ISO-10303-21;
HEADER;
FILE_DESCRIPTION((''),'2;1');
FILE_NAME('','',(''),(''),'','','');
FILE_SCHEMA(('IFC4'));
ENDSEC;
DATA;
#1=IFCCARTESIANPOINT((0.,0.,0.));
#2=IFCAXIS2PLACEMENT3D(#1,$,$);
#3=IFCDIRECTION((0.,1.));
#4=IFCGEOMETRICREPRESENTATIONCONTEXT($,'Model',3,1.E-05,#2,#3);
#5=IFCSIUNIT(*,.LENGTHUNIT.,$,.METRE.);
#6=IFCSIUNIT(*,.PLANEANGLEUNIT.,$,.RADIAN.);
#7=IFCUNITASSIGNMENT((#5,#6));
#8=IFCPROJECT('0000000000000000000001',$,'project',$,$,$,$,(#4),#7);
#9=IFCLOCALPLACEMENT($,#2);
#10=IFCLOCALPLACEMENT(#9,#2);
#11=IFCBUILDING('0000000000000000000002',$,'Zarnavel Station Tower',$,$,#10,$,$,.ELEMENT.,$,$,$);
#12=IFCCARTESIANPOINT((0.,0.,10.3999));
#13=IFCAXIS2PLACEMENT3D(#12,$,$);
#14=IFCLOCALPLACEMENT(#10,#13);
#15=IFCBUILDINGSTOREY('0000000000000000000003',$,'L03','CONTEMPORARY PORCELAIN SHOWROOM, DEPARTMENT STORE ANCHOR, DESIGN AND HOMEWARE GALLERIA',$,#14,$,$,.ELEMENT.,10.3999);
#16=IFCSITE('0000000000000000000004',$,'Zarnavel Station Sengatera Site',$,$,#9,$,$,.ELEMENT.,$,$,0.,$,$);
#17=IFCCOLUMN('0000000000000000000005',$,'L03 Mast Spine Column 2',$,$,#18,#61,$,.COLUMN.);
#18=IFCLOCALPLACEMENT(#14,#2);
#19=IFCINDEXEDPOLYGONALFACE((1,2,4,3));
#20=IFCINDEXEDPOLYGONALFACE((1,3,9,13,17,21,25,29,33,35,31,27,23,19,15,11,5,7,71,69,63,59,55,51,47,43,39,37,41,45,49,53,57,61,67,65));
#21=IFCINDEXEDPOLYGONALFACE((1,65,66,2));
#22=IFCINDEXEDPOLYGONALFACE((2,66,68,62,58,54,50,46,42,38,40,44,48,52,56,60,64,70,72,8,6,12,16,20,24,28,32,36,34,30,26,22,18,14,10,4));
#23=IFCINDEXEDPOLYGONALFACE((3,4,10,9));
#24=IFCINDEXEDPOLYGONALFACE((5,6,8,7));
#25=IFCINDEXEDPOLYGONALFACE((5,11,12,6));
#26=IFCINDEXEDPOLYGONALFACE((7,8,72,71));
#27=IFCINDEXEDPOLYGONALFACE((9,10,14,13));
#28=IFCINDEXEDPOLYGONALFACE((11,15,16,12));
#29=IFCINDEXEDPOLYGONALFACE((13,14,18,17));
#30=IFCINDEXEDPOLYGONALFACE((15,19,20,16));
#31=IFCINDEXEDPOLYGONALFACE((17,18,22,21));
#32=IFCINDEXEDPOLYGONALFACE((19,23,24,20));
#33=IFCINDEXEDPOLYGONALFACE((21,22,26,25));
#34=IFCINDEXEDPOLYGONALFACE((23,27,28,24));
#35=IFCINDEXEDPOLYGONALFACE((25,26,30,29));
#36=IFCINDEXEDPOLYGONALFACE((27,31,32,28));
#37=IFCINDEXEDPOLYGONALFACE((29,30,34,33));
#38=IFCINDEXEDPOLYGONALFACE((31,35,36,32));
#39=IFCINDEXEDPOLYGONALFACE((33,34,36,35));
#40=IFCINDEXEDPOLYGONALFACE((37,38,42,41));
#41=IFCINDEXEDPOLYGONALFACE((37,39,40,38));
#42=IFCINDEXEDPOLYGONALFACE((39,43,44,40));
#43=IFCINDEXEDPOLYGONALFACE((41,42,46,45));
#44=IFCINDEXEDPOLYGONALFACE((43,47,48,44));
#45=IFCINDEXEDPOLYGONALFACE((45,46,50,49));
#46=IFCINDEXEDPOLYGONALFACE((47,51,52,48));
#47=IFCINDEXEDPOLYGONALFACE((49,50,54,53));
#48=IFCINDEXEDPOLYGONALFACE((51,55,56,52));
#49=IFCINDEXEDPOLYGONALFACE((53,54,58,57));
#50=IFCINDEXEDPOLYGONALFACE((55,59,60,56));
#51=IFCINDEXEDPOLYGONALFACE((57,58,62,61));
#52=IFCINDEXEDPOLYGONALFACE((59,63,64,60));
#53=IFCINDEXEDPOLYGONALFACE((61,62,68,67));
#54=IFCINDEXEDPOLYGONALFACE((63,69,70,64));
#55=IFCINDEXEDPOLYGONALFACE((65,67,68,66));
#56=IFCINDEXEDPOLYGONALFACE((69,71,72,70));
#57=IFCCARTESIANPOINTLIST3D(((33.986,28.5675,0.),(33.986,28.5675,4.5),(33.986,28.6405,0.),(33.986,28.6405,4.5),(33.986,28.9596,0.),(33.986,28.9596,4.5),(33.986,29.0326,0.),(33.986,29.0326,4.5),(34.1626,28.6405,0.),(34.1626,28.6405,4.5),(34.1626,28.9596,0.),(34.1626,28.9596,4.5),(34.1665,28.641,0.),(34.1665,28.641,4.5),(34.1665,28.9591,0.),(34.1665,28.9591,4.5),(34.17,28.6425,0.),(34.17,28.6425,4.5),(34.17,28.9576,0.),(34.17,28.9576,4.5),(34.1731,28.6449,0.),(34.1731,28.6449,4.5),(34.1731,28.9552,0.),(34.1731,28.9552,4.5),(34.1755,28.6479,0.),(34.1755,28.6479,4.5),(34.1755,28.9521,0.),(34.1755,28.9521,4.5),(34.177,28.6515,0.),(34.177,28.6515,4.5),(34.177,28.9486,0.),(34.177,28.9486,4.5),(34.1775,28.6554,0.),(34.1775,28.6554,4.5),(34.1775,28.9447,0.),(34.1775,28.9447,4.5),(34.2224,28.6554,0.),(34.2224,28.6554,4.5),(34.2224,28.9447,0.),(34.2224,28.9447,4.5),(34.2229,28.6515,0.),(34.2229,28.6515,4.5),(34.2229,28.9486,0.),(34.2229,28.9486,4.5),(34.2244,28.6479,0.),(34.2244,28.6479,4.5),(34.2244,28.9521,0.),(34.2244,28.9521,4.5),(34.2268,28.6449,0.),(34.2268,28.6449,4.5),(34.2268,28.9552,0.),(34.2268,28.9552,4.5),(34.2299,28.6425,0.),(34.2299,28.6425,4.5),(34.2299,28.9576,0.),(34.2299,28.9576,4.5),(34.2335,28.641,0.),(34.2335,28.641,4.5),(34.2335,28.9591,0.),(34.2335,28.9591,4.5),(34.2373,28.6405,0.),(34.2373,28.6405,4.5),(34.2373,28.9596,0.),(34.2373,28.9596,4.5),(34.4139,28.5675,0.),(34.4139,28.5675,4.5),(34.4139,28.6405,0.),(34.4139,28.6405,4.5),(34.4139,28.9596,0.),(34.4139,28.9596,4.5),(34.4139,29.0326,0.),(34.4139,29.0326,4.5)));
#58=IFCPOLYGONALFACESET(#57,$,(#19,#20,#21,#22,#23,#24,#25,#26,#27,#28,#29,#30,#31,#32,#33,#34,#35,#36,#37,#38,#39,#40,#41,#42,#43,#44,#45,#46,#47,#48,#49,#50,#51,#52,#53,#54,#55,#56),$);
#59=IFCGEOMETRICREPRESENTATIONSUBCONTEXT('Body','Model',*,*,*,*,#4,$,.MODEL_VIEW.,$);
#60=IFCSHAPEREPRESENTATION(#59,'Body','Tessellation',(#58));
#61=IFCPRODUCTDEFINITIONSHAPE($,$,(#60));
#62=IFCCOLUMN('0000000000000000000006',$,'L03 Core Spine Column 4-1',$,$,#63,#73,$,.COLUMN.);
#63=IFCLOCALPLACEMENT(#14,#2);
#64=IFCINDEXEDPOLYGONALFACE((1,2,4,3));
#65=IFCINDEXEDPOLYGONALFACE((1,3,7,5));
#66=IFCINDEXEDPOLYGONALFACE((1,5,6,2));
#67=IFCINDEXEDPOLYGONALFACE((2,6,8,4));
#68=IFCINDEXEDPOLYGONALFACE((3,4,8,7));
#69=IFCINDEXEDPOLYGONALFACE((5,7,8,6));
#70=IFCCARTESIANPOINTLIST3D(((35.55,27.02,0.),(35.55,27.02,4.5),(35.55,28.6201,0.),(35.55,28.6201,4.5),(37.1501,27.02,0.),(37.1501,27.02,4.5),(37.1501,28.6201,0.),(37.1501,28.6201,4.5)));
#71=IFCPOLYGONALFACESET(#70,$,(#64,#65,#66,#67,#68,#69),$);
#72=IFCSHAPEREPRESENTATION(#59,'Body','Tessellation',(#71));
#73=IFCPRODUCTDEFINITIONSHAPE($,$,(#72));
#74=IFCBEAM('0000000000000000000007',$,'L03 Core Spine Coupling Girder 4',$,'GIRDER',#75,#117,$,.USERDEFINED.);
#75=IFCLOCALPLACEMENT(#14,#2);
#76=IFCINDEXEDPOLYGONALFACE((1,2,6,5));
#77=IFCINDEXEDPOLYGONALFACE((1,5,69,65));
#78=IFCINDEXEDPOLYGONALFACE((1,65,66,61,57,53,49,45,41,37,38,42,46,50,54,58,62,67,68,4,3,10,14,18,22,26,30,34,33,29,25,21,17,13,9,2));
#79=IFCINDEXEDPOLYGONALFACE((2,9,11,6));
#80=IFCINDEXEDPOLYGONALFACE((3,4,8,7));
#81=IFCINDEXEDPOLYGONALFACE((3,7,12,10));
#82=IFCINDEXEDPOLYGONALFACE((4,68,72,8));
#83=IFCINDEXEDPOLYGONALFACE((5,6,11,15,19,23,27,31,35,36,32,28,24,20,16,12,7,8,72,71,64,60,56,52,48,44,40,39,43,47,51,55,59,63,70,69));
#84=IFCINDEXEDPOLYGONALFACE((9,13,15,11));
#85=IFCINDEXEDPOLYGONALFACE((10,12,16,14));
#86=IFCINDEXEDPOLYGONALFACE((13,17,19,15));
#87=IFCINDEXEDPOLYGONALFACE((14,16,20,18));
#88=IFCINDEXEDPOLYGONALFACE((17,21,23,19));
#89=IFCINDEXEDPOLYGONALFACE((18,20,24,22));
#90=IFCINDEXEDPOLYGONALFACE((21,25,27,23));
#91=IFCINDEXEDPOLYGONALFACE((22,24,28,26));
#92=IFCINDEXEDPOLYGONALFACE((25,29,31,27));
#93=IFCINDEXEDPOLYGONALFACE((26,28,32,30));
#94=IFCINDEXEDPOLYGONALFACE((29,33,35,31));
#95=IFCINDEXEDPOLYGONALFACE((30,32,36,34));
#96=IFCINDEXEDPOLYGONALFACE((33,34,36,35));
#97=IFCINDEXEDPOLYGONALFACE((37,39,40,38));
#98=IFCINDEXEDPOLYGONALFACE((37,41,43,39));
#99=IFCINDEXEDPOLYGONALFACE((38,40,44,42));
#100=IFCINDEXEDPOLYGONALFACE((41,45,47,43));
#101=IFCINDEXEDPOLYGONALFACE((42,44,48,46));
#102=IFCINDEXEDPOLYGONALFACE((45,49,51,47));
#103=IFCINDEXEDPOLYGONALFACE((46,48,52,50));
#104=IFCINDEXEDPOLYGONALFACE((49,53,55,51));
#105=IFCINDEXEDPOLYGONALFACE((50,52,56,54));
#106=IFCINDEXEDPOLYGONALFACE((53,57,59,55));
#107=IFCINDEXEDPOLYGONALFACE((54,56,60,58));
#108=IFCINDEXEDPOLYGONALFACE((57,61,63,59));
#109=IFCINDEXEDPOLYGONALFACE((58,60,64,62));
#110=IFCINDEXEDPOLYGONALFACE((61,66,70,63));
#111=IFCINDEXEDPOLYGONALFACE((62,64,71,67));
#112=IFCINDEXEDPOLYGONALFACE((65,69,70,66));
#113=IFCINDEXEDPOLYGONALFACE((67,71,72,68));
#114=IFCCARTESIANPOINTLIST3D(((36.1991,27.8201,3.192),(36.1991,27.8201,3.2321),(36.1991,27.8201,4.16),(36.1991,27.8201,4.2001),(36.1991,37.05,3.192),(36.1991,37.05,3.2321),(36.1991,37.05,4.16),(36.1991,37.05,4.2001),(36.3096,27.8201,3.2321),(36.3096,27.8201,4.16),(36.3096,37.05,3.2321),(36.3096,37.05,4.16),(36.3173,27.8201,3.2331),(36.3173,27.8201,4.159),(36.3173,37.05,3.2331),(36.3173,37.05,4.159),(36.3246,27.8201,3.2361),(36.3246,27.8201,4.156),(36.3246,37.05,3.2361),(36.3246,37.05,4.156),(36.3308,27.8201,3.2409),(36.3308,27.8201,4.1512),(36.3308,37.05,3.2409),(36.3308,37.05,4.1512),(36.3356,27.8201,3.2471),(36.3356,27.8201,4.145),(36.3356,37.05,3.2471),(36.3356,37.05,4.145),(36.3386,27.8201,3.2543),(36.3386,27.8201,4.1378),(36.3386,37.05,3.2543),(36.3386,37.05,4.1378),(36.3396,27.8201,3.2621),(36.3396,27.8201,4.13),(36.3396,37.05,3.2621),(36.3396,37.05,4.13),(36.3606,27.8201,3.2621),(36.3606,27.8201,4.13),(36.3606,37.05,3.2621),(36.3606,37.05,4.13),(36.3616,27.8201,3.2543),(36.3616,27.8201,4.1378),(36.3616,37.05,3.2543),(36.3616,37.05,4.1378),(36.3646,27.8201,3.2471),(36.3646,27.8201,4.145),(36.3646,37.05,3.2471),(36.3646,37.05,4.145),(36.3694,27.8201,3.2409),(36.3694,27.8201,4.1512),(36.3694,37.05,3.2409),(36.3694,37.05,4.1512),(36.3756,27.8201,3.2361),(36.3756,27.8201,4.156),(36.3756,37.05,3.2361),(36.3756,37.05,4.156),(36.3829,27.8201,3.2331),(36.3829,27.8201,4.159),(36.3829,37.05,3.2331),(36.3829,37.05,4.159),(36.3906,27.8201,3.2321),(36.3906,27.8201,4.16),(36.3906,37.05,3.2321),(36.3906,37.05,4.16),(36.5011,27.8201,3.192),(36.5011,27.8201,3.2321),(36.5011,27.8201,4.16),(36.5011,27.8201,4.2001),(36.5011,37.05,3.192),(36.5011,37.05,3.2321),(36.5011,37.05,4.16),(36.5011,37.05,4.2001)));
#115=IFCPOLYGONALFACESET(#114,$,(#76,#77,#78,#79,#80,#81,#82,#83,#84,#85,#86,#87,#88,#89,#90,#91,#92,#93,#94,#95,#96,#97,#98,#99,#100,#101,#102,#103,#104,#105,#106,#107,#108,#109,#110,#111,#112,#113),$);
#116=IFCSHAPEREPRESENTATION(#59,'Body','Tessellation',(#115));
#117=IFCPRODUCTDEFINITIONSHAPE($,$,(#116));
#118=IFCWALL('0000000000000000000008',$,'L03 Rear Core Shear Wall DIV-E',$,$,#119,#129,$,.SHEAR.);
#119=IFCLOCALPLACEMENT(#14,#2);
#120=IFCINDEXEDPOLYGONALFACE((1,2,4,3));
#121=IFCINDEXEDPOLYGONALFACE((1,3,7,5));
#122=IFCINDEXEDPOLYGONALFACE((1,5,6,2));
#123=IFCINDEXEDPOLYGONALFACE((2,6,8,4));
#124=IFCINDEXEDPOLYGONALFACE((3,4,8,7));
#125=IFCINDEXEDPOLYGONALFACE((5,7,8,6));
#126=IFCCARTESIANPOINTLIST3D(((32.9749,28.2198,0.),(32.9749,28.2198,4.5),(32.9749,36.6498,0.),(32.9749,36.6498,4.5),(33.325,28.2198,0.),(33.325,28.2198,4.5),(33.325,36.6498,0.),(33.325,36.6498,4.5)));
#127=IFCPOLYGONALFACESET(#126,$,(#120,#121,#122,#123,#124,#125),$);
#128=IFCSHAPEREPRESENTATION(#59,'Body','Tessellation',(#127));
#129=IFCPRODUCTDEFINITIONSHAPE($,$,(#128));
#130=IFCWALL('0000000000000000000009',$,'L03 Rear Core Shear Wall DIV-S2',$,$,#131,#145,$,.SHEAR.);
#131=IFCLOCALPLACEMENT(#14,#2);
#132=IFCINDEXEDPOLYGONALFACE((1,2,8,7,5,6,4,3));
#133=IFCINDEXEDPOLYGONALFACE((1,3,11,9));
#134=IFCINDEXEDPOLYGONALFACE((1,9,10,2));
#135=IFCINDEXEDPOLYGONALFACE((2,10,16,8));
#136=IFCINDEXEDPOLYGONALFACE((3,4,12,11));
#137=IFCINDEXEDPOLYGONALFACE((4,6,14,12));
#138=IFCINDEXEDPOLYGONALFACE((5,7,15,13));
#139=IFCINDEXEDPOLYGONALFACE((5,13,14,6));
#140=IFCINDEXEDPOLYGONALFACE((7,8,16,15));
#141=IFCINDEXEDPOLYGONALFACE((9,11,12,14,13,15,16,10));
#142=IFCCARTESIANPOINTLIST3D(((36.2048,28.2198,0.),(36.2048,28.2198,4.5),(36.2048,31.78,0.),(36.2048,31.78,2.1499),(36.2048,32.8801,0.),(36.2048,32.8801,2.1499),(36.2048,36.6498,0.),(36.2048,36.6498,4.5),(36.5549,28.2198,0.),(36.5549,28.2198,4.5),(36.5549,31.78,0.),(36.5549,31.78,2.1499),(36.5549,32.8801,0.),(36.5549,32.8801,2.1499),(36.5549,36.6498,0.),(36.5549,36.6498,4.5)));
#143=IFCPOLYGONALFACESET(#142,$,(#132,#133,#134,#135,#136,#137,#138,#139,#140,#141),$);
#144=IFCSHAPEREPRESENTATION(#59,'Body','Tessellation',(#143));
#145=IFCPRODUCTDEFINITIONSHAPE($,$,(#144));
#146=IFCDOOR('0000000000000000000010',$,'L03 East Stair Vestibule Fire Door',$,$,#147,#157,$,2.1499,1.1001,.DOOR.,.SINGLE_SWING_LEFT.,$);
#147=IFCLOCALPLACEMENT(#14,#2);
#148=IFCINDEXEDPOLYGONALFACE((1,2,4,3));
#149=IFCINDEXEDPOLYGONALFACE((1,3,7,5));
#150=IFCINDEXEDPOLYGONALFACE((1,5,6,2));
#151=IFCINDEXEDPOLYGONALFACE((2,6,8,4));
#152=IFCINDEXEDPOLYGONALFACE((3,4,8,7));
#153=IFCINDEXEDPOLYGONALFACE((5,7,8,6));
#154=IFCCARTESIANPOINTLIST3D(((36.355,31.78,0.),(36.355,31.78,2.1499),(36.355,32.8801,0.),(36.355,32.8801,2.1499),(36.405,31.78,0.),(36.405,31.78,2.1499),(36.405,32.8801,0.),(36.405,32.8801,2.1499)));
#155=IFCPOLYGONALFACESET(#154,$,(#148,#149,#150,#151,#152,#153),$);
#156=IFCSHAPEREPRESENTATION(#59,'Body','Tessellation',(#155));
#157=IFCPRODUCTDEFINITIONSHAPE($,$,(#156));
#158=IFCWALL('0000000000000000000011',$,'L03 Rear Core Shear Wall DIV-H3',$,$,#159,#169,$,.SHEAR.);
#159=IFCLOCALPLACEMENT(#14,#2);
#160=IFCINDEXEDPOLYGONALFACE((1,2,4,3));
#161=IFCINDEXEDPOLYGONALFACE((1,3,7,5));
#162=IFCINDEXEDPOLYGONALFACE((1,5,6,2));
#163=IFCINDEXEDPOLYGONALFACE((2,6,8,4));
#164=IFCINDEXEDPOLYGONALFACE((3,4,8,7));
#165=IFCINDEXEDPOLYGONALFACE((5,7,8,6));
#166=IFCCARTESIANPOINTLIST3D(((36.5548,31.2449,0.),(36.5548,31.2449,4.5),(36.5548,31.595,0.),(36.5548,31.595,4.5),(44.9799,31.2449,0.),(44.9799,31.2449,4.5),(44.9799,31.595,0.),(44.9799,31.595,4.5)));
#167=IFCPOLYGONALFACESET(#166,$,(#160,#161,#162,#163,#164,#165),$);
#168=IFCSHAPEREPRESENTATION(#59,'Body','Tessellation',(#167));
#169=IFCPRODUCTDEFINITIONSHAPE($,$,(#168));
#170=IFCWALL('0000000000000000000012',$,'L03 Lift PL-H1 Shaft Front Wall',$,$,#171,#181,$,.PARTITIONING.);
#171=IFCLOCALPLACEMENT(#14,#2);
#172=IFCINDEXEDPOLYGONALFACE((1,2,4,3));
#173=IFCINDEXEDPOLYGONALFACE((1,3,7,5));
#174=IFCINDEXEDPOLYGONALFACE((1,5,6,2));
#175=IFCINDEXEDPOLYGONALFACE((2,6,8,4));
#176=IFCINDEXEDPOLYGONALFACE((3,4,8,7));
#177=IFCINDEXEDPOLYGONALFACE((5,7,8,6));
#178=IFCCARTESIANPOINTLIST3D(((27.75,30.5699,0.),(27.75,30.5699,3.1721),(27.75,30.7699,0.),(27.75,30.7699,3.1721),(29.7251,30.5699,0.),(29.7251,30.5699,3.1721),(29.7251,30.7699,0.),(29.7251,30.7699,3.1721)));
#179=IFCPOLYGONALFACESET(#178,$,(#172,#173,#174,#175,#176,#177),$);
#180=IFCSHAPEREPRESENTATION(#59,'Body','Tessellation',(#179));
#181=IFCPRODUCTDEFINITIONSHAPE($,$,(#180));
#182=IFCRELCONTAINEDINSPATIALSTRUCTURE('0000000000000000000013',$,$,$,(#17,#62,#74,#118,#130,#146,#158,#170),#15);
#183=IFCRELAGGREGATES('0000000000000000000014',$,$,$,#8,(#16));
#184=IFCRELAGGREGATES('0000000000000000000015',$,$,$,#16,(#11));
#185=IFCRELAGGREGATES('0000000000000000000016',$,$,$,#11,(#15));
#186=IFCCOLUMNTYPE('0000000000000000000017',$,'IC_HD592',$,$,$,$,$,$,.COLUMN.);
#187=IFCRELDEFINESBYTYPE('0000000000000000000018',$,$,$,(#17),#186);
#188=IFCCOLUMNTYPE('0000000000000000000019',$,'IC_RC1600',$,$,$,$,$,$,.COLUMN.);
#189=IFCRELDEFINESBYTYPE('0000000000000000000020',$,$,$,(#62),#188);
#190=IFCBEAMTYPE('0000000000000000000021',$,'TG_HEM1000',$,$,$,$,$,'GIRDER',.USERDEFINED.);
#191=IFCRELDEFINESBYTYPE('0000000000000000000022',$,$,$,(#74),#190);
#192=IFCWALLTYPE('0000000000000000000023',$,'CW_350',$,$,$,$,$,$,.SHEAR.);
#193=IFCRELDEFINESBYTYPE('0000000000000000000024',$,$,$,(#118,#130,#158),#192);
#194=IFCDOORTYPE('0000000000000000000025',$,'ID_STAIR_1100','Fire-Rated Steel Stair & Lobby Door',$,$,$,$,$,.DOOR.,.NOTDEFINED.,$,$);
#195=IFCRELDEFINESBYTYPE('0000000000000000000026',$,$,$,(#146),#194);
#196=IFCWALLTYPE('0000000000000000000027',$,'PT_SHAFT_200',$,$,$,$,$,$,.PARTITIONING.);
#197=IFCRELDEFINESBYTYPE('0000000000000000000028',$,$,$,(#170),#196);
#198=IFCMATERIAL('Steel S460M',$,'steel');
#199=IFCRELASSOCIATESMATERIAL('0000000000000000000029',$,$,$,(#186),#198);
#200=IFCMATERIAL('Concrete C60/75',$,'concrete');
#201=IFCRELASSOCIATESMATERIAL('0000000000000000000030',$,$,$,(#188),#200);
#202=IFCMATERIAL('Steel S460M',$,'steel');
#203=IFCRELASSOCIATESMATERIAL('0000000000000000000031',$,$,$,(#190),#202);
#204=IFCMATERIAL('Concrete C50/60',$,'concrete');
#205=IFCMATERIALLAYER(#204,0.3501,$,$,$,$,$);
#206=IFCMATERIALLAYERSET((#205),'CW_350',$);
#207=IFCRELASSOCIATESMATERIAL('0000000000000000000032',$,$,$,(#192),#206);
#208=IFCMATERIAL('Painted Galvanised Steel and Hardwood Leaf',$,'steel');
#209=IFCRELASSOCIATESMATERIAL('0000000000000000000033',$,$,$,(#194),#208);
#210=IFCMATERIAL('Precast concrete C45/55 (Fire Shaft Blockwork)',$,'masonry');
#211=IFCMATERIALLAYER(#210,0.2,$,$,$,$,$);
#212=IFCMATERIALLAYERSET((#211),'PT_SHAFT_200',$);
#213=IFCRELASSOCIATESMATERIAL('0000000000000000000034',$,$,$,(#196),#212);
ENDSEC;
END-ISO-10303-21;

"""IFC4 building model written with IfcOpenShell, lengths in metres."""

from ifc_helpers import new_model, si_unit, direction, frame, frame_2d, origin, origin_2d, place, context, subcontext, project, spatial, rectangle, i_section, extrude, material, layer, layer_set, material_profile, profile_set, type_object, element, fill, save


model = new_model("IFC4")

# Units and contexts
model_context = context("Model", 3, precision=1e-05, world=origin(), true_north=direction((0.0, 1.0)))
body_context = subcontext(model_context, "Body", "Model", "MODEL_VIEW")
ifc_project = project(units=[si_unit("LENGTHUNIT", "METRE"), si_unit("PLANEANGLEUNIT", "RADIAN")], contexts=[model_context])

# Site, building, storey
site_placement = place(None, origin())
site = spatial("IfcSite", under=ifc_project, at=site_placement, Name="Zarnavel Station Sengatera Site", CompositionType="ELEMENT", RefElevation=0.0)
building_placement = place(site_placement, origin())
building = spatial("IfcBuilding", under=site, at=building_placement, Name="Zarnavel Station Tower", CompositionType="ELEMENT")
storey_placement = place(building_placement, frame((0.0, 0.0, 10.3999)))
storey = spatial("IfcBuildingStorey", under=building, at=storey_placement, Name="L03", Description="CONTEMPORARY PORCELAIN SHOWROOM, DEPARTMENT STORE ANCHOR, DESIGN AND HOMEWARE GALLERIA", CompositionType="ELEMENT", Elevation=10.3999)

# Columns
ifc_material_1 = material(Name="Steel S460M", Category="steel")
ifc_material_profile_1 = material_profile(ifc_material_1, i_section(OverallWidth=0.428, OverallDepth=0.4651, WebThickness=0.0449, FlangeThickness=0.073, FilletRadius=0.0149, at=origin_2d()), Name="HD400x592")
ifc_profile_set_1 = profile_set([ifc_material_profile_1], Name="Steel S460M")
column_type_1 = type_object("IfcColumnType", Name="IC_HD592", PredefinedType="COLUMN", material=ifc_profile_set_1)
column_1_placement = place(storey_placement, frame((34.2, 28.8, 0.0), z_axis=(0.0, 0.0, 1.0), x_axis=(1.0, 0.0, 0.0)))
element("IfcColumn", 1, at=column_1_placement, inside=storey, type_object=column_type_1, Name="L03 Mast Spine Column 2", PredefinedType="COLUMN", context=body_context, shape_type="SweptSolid", body=[
    extrude(i_section(OverallWidth=0.428, OverallDepth=0.4651, WebThickness=0.0449, FlangeThickness=0.073, FilletRadius=0.0149, at=origin_2d()), origin(), (0.0, 0.0, 1.0), 4.5),
])
ifc_material_2 = material(Name="Concrete C60/75", Category="concrete")
ifc_material_profile_2 = material_profile(ifc_material_2, rectangle(XDim=1.6001, YDim=1.6001, at=origin_2d()), Name="RC1600x1600")
ifc_profile_set_2 = profile_set([ifc_material_profile_2], Name="Concrete C60/75")
column_type_2 = type_object("IfcColumnType", Name="IC_RC1600", PredefinedType="COLUMN", material=ifc_profile_set_2)
column_2_placement = place(storey_placement, frame((36.3501, 27.8201, 0.0), z_axis=(0.0, 0.0, 1.0), x_axis=(1.0, 0.0, 0.0)))
element("IfcColumn", 2, at=column_2_placement, inside=storey, type_object=column_type_2, Name="L03 Core Spine Column 4-1", PredefinedType="COLUMN", context=body_context, shape_type="SweptSolid", body=[
    extrude(rectangle(XDim=1.6001, YDim=1.6001, at=origin_2d()), origin(), (0.0, 0.0, 1.0), 4.5),
])

# Beam
ifc_material_3 = material(Name="Steel S460M", Category="steel")
ifc_material_profile_3 = material_profile(ifc_material_3, i_section(OverallWidth=0.302, OverallDepth=1.0081, WebThickness=0.021, FlangeThickness=0.04, FilletRadius=0.03, at=origin_2d()), Name="HEM1000")
ifc_profile_set_3 = profile_set([ifc_material_profile_3], Name="Steel S460M")
beam_type = type_object("IfcBeamType", Name="TG_HEM1000", ElementType="GIRDER", PredefinedType="USERDEFINED", material=ifc_profile_set_3)
beam_placement = place(storey_placement, frame((36.3501, 27.8201, 3.696), z_axis=(0.0, 1.0, 0.0), x_axis=(-1.0, 0.0, 0.0)))
element("IfcBeam", 3, at=beam_placement, inside=storey, type_object=beam_type, Name="L03 Core Spine Coupling Girder 4", ObjectType="GIRDER", PredefinedType="USERDEFINED", context=body_context, shape_type="SweptSolid", body=[
    extrude(i_section(OverallWidth=0.302, OverallDepth=1.0081, WebThickness=0.021, FlangeThickness=0.04, FilletRadius=0.03, at=origin_2d()), origin(), (0.0, 0.0, 1.0), 9.23),
])

# Wall
ifc_material_4 = material(Name="Concrete C50/60", Category="concrete")
ifc_layer_1 = layer(ifc_material_4, 0.3501)
ifc_layer_set_1 = layer_set([ifc_layer_1], Name="CW_350")
wall_type_1 = type_object("IfcWallType", Name="CW_350", PredefinedType="SHEAR", material=ifc_layer_set_1)
wall_1_placement = place(storey_placement, frame((33.1499, 28.22, 0.0), z_axis=(0.0, 0.0, 1.0), x_axis=(0.0, 1.0, 0.0)))
element("IfcWall", 4, at=wall_1_placement, inside=storey, type_object=wall_type_1, Name="L03 Rear Core Shear Wall DIV-E", PredefinedType="SHEAR", context=body_context, shape_type="SweptSolid", body=[
    extrude(rectangle(XDim=8.4299, YDim=0.3501, at=frame_2d((4.2148, 0.0))), origin(), (0.0, 0.0, 1.0), 4.5),
])

# Wall, opening, door
wall_2_placement = place(storey_placement, frame((36.3799, 28.22, 0.0), z_axis=(0.0, 0.0, 1.0), x_axis=(0.0, 1.0, 0.0)))
wall_2 = element("IfcWall", 5, at=wall_2_placement, inside=storey, type_object=wall_type_1, Name="L03 Rear Core Shear Wall DIV-S2", PredefinedType="SHEAR", context=body_context, shape_type="SweptSolid", body=[
    extrude(rectangle(XDim=8.4299, YDim=0.3501, at=frame_2d((4.2148, 0.0))), origin(), (0.0, 0.0, 1.0), 4.5),
])
opening_1_placement = place(wall_2_placement, frame((3.5601, 0.0, 0.0)))
opening_1 = element("IfcOpeningElement", 6, at=opening_1_placement, cuts=wall_2, PredefinedType="OPENING", context=body_context, shape_type="SweptSolid", body=[
    extrude(rectangle(XDim=1.1001, YDim=2.1499, at=frame_2d((0.55, 1.075))), frame((0.0, 0.1851, 0.0), z_axis=(0.0, -1.0, 0.0), x_axis=(1.0, 0.0, 0.0)), (0.0, 0.0, 1.0), 0.3701),
])
ifc_material_5 = material(Name="Painted Galvanised Steel and Hardwood Leaf", Category="steel")
door_type_1 = type_object("IfcDoorType", Name="ID_STAIR_1100", Description="Fire-Rated Steel Stair & Lobby Door", OperationType="NOTDEFINED", PredefinedType="DOOR", material=ifc_material_5)
door_1_placement = place(opening_1_placement, origin())
door_1 = element("IfcDoor", 7, at=door_1_placement, inside=storey, type_object=door_type_1, Name="L03 East Stair Vestibule Fire Door", OperationType="SINGLE_SWING_LEFT", OverallHeight=2.1499, OverallWidth=1.1001, PredefinedType="DOOR", context=body_context, shape_type="SweptSolid", body=[
    extrude(rectangle(XDim=1.1001, YDim=2.1499, at=frame_2d((0.55, 1.075))), frame((0.0, 0.0249, 0.0), z_axis=(0.0, -1.0, 0.0), x_axis=(1.0, 0.0, 0.0)), (0.0, 0.0, 1.0), 0.05),
])
fill(opening_1, door_1)

# Walls
wall_3_placement = place(storey_placement, frame((36.5549, 31.4199, 0.0), z_axis=(0.0, 0.0, 1.0), x_axis=(1.0, 0.0, 0.0)))
element("IfcWall", 8, at=wall_3_placement, inside=storey, type_object=wall_type_1, Name="L03 Rear Core Shear Wall DIV-H3", PredefinedType="SHEAR", context=body_context, shape_type="SweptSolid", body=[
    extrude(rectangle(XDim=8.425, YDim=0.3501, at=frame_2d((4.2124, 0.0))), origin(), (0.0, 0.0, 1.0), 4.5),
])
ifc_material_6 = material(Name="Precast concrete C45/55 (Fire Shaft Blockwork)", Category="masonry")
ifc_layer_2 = layer(ifc_material_6, 0.2)
ifc_layer_set_2 = layer_set([ifc_layer_2], Name="PT_SHAFT_200")
wall_type_2 = type_object("IfcWallType", Name="PT_SHAFT_200", PredefinedType="PARTITIONING", material=ifc_layer_set_2)
wall_4_placement = place(storey_placement, frame((27.75, 30.6699, 0.0), z_axis=(0.0, 0.0, 1.0), x_axis=(1.0, 0.0, 0.0)))
element("IfcWall", 9, at=wall_4_placement, inside=storey, type_object=wall_type_2, Name="L03 Lift PL-H1 Shaft Front Wall", PredefinedType="PARTITIONING", context=body_context, shape_type="SweptSolid", body=[
    extrude(rectangle(XDim=1.9751, YDim=0.2, at=frame_2d((0.9875, 0.0))), origin(), (0.0, 0.0, 1.0), 3.1721),
])

save(model, "model.ifc")
